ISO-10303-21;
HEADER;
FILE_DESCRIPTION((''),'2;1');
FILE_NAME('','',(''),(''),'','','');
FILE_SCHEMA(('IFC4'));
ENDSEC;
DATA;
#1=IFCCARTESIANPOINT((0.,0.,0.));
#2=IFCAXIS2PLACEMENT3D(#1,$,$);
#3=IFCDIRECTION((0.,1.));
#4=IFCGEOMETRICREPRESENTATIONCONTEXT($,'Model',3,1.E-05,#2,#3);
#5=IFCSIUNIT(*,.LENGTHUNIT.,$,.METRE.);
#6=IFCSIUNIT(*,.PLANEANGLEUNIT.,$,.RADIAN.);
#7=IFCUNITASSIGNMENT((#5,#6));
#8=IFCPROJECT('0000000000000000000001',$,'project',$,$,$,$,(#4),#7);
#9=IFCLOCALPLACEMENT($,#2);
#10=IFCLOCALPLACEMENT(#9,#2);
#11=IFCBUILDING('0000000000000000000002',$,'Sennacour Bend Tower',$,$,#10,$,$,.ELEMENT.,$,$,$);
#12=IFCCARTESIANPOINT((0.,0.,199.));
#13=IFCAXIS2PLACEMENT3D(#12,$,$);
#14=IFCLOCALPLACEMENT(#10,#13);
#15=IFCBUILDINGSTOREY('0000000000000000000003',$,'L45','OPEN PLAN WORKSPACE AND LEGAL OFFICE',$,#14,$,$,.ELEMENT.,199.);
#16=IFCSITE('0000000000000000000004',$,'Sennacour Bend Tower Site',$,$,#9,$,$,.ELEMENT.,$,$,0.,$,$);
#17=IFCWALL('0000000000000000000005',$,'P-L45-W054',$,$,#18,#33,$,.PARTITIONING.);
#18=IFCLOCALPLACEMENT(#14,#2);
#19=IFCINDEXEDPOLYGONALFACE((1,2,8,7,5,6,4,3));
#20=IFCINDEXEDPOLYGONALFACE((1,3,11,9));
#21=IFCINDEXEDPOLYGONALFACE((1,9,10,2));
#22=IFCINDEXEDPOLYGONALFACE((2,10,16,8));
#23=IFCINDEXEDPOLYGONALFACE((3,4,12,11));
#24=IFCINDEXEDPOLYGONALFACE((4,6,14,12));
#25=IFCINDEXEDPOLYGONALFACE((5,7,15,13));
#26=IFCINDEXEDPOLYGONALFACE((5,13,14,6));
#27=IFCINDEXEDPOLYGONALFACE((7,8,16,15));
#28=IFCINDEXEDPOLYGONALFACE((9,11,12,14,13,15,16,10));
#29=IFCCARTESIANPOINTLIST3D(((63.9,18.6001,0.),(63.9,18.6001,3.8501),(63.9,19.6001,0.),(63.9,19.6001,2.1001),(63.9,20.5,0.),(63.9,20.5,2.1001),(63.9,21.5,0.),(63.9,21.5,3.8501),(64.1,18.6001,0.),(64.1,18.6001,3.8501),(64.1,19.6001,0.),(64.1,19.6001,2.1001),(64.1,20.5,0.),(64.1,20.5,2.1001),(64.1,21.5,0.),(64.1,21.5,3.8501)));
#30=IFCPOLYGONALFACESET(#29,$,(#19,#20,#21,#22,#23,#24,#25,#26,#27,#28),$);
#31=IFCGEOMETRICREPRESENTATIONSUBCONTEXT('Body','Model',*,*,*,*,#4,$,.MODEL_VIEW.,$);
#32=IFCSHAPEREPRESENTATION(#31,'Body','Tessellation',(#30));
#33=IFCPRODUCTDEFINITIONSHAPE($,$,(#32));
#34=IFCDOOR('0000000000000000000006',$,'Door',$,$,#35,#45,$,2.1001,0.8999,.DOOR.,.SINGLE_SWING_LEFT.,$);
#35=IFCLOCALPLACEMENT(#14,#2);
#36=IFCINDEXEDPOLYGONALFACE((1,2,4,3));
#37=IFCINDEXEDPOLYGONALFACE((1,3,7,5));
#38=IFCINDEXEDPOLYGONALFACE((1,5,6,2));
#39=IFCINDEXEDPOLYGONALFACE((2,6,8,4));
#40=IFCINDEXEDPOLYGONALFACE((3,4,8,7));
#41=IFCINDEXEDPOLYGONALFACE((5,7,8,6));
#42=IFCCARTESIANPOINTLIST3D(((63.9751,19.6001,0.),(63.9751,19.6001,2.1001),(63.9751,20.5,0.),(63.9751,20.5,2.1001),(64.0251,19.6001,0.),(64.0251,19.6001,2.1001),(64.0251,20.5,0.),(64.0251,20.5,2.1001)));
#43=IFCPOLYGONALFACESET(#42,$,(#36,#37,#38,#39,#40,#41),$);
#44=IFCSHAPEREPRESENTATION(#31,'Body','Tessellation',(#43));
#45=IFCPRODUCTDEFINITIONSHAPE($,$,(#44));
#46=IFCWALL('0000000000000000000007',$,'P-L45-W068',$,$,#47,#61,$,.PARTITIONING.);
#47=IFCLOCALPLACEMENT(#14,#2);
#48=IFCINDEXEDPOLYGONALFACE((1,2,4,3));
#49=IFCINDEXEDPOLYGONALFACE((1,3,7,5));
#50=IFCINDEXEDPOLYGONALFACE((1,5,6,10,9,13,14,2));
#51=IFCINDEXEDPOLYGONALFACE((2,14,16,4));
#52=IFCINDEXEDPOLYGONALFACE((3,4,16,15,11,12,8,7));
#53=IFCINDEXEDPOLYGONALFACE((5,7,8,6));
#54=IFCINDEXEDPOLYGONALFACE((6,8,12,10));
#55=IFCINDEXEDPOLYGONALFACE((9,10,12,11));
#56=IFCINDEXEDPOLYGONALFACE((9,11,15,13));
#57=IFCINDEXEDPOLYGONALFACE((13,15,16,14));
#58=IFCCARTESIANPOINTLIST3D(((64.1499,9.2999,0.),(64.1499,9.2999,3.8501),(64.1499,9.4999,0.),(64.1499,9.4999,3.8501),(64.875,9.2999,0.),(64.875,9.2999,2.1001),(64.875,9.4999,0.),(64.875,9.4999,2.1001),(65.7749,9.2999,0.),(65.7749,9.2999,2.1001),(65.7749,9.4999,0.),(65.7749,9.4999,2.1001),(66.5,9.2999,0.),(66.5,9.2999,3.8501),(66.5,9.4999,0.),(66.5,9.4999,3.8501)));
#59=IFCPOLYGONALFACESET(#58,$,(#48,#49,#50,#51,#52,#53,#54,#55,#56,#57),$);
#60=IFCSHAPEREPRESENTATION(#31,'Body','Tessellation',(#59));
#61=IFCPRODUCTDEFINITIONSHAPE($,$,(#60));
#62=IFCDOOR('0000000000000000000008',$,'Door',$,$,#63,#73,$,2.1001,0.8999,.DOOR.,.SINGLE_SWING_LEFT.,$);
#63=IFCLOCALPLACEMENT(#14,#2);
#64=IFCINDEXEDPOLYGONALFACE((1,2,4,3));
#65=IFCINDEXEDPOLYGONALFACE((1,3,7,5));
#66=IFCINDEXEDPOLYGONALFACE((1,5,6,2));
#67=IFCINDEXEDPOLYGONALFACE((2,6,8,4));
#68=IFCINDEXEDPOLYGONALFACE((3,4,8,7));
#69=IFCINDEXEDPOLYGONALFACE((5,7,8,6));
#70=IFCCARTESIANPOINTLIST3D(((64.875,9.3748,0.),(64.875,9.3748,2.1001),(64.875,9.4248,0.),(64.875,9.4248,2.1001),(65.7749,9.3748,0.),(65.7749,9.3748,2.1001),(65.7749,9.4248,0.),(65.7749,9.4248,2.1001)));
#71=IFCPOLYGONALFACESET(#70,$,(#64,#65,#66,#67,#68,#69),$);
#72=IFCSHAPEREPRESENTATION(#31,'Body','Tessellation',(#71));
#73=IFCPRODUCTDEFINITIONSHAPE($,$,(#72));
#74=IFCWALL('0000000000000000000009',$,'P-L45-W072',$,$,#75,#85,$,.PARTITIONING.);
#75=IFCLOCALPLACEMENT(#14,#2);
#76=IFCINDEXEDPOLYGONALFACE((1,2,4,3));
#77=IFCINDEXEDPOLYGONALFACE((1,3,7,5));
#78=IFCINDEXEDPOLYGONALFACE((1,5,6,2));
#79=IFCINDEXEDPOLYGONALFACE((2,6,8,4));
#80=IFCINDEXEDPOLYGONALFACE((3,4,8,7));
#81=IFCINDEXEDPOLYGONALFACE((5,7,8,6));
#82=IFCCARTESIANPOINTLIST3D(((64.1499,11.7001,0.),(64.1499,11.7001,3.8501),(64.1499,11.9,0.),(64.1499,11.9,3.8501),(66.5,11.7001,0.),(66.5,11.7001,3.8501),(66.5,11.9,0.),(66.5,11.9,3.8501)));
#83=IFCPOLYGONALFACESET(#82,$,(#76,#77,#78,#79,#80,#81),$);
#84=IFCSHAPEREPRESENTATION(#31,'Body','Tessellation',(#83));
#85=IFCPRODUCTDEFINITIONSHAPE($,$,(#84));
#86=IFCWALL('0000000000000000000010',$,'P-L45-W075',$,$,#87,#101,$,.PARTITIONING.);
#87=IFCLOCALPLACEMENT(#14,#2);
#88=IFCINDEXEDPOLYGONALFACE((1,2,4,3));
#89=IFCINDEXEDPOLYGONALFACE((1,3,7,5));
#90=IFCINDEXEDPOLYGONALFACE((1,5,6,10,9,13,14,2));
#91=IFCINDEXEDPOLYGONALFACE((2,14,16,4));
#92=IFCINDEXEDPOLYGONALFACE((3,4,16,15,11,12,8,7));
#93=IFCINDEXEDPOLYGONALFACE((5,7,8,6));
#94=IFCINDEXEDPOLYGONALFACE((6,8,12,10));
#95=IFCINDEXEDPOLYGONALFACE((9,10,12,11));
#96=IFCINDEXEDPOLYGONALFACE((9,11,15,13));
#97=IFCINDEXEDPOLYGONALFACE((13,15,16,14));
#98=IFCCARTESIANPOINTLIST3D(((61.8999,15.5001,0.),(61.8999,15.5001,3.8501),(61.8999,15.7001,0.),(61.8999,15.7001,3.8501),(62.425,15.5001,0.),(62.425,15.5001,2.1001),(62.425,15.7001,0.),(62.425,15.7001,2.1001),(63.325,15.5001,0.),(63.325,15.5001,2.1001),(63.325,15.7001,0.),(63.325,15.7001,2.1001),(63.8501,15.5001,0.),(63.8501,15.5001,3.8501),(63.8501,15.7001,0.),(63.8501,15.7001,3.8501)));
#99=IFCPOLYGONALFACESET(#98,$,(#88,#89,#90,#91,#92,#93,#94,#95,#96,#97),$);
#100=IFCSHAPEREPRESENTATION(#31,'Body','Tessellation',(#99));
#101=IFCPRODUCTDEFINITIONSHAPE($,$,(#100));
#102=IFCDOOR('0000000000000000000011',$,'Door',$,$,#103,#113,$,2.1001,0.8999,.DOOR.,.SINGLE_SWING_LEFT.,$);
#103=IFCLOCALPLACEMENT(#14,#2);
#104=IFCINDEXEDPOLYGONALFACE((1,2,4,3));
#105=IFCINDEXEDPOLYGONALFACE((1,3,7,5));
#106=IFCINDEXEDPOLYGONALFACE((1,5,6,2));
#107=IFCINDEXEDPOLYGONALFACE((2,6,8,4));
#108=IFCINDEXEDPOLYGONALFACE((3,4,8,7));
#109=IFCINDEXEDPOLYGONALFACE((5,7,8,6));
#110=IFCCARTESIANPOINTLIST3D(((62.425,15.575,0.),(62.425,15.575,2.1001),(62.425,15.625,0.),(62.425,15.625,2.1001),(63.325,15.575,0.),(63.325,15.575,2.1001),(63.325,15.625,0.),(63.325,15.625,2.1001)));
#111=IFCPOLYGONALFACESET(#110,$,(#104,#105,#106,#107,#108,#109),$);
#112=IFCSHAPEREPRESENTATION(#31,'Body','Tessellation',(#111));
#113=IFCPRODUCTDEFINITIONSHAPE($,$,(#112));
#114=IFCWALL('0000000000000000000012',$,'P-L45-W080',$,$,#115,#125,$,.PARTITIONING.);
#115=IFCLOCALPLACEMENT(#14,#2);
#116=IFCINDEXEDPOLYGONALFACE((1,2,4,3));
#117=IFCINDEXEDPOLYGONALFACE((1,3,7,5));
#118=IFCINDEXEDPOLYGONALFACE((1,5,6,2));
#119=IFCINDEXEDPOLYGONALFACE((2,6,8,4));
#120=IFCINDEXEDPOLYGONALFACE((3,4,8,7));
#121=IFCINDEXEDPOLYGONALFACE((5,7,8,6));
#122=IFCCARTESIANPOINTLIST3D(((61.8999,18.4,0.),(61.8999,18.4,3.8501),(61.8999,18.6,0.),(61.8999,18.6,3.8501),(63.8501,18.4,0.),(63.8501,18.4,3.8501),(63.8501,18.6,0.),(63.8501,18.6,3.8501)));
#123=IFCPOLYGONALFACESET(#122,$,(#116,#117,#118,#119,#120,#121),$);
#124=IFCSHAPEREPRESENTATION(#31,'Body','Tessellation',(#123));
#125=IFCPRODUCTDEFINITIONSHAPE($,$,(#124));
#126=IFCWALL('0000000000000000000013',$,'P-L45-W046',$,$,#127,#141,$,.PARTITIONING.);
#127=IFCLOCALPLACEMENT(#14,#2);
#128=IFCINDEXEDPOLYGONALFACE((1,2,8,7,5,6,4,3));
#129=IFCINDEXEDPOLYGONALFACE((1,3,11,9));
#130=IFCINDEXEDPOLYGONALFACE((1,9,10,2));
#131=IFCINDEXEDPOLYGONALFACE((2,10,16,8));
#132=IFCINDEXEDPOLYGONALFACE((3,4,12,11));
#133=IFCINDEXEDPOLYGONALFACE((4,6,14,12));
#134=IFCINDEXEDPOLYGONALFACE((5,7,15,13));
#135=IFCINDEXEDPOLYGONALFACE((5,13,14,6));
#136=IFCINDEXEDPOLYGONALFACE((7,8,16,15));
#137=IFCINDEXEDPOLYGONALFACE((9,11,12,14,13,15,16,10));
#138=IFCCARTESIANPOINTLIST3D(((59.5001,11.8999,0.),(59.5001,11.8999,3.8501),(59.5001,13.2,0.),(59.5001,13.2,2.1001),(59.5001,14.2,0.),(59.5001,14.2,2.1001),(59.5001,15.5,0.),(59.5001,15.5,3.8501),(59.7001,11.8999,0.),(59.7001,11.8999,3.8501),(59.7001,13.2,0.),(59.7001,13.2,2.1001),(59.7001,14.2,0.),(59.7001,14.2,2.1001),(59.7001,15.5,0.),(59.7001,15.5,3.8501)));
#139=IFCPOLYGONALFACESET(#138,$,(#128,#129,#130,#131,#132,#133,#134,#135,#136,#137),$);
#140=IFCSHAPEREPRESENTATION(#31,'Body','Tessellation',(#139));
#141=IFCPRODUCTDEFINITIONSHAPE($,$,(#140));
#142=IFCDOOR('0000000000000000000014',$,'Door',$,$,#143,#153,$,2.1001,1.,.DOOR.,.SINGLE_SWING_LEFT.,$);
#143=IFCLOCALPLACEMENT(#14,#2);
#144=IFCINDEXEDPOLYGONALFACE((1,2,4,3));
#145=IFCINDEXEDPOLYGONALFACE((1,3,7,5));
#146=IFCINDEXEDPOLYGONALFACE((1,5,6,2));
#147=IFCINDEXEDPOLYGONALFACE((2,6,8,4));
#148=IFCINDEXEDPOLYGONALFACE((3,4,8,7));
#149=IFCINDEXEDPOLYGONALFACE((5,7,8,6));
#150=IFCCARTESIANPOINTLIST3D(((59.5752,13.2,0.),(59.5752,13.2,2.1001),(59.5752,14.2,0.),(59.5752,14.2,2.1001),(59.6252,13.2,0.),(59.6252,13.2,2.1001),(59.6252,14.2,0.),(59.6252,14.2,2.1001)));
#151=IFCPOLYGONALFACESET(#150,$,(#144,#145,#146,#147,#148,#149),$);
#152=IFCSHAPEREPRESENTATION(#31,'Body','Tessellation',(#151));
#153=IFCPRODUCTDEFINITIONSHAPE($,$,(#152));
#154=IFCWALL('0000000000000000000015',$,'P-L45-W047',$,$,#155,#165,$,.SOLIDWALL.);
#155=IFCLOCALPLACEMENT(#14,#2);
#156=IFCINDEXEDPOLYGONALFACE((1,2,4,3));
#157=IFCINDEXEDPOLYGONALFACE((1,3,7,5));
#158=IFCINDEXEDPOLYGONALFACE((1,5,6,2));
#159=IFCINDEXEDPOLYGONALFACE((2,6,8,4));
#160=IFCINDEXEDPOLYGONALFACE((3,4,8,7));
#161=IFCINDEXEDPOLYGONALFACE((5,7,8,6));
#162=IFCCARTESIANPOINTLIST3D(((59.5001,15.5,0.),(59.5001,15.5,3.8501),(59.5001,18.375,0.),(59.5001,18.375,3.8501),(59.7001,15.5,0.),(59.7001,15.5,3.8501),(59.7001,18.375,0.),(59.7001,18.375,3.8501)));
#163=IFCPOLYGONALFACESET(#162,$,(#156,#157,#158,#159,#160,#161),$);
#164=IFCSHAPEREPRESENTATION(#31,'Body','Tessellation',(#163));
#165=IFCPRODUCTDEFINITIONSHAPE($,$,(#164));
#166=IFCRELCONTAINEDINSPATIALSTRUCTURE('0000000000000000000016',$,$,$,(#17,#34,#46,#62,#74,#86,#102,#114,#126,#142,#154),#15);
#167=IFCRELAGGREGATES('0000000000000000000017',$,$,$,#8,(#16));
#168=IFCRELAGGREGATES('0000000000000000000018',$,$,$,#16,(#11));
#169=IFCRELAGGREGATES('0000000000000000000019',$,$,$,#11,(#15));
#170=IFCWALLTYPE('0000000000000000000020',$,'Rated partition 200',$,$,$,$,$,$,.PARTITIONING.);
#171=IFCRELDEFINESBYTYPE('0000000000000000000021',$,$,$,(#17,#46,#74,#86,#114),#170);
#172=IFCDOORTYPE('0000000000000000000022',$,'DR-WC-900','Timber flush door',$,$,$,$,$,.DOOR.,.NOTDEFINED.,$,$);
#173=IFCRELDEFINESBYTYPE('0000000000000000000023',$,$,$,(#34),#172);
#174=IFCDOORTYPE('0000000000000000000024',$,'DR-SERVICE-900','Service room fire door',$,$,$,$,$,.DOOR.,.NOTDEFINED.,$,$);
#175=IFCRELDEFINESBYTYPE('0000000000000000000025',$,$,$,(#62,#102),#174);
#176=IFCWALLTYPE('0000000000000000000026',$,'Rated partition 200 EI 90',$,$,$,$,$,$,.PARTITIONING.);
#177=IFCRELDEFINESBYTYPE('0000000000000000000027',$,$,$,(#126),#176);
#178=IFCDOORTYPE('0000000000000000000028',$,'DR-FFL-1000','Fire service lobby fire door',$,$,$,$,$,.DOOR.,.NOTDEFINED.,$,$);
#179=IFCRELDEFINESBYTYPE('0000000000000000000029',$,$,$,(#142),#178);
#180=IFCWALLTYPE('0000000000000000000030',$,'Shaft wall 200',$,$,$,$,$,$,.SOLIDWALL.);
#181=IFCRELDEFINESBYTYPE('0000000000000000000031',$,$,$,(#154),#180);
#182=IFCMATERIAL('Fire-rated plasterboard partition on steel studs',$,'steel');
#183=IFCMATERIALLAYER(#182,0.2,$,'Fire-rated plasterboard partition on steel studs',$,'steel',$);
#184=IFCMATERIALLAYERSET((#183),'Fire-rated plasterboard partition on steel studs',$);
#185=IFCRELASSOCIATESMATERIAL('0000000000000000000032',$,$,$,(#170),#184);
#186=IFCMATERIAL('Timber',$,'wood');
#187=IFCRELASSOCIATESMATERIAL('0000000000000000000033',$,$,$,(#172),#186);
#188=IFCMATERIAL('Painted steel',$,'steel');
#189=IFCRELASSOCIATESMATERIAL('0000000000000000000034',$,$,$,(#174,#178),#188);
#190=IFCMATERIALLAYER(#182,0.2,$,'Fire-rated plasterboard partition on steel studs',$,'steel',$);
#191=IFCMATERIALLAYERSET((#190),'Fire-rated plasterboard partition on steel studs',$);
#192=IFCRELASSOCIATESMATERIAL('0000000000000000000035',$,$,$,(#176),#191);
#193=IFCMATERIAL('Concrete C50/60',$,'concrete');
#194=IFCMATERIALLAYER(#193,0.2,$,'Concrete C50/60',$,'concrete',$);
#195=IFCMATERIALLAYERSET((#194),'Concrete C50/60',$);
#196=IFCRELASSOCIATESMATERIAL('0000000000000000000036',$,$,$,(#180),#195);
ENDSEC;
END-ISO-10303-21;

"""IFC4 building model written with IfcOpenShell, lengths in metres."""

from ifc_helpers import new_model, si_unit, direction, frame, frame_2d, origin, place, context, subcontext, project, spatial, rectangle, extrude, material, layer, layer_set, type_object, element, fill, save


model = new_model("IFC4")

# Units and contexts
model_context = context("Model", 3, precision=1e-05, world=origin(), true_north=direction((0.0, 1.0)))
body_context = subcontext(model_context, "Body", "Model", "MODEL_VIEW")
ifc_project = project(units=[si_unit("LENGTHUNIT", "METRE"), si_unit("PLANEANGLEUNIT", "RADIAN")], contexts=[model_context])

# Site, building, storey
site_placement = place(None, origin())
site = spatial("IfcSite", under=ifc_project, at=site_placement, Name="Sennacour Bend Tower Site", CompositionType="ELEMENT", RefElevation=0.0)
building_placement = place(site_placement, origin())
building = spatial("IfcBuilding", under=site, at=building_placement, Name="Sennacour Bend Tower", CompositionType="ELEMENT")
storey_placement = place(building_placement, frame((0.0, 0.0, 199.0)))
storey = spatial("IfcBuildingStorey", under=building, at=storey_placement, Name="L45", Description="OPEN PLAN WORKSPACE AND LEGAL OFFICE", CompositionType="ELEMENT", Elevation=199.0)

# Walls, openings, doors
ifc_material_1 = material(Name="Fire-rated plasterboard partition on steel studs", Category="steel")
ifc_layer_1 = layer(ifc_material_1, 0.2, Name="Fire-rated plasterboard partition on steel studs", Category="steel")
ifc_layer_set_1 = layer_set([ifc_layer_1], Name="Fire-rated plasterboard partition on steel studs")
wall_type_1 = type_object("IfcWallType", Name="Rated partition 200", PredefinedType="PARTITIONING", material=ifc_layer_set_1)
wall_1_placement = place(storey_placement, frame((64.0, 18.6001, 0.0), z_axis=(0.0, 0.0, 1.0), x_axis=(0.0, 1.0, 0.0)))
wall_1 = element("IfcWall", 1, at=wall_1_placement, inside=storey, type_object=wall_type_1, Name="P-L45-W054", PredefinedType="PARTITIONING", context=body_context, shape_type="SweptSolid", body=[
    extrude(rectangle(XDim=2.8999, YDim=0.2, at=frame_2d((1.45, 0.0))), origin(), (0.0, 0.0, 1.0), 3.8501),
])
opening_1_placement = place(wall_1_placement, frame((1.0, 0.0, 0.0)))
opening_1 = element("IfcOpeningElement", 2, at=opening_1_placement, cuts=wall_1, PredefinedType="OPENING", context=body_context, shape_type="SweptSolid", body=[
    extrude(rectangle(XDim=0.8999, YDim=2.1001, at=frame_2d((0.45, 1.05))), frame((0.0, 0.1099, 0.0), z_axis=(0.0, -1.0, 0.0), x_axis=(1.0, 0.0, 0.0)), (0.0, 0.0, 1.0), 0.22),
])
ifc_material_2 = material(Name="Timber", Category="wood")
door_type_1 = type_object("IfcDoorType", Name="DR-WC-900", Description="Timber flush door", OperationType="NOTDEFINED", PredefinedType="DOOR", material=ifc_material_2)
door_1_placement = place(opening_1_placement, origin())
door_1 = element("IfcDoor", 3, at=door_1_placement, inside=storey, type_object=door_type_1, Name="Door", OperationType="SINGLE_SWING_LEFT", OverallHeight=2.1001, OverallWidth=0.8999, PredefinedType="DOOR", context=body_context, shape_type="SweptSolid", body=[
    extrude(rectangle(XDim=0.8999, YDim=2.1001, at=frame_2d((0.45, 1.05))), frame((0.0, 0.0249, 0.0), z_axis=(0.0, -1.0, 0.0), x_axis=(1.0, 0.0, 0.0)), (0.0, 0.0, 1.0), 0.05),
])
fill(opening_1, door_1)
wall_2_placement = place(storey_placement, frame((64.1499, 9.3999, 0.0), z_axis=(0.0, 0.0, 1.0), x_axis=(1.0, 0.0, 0.0)))
wall_2 = element("IfcWall", 4, at=wall_2_placement, inside=storey, type_object=wall_type_1, Name="P-L45-W068", PredefinedType="PARTITIONING", context=body_context, shape_type="SweptSolid", body=[
    extrude(rectangle(XDim=2.3501, YDim=0.2, at=frame_2d((1.175, 0.0))), origin(), (0.0, 0.0, 1.0), 3.8501),
])
opening_2_placement = place(wall_2_placement, frame((0.7251, 0.0, 0.0)))
opening_2 = element("IfcOpeningElement", 5, at=opening_2_placement, cuts=wall_2, PredefinedType="OPENING", context=body_context, shape_type="SweptSolid", body=[
    extrude(rectangle(XDim=0.8999, YDim=2.1001, at=frame_2d((0.45, 1.05))), frame((0.0, 0.1099, 0.0), z_axis=(0.0, -1.0, 0.0), x_axis=(1.0, 0.0, 0.0)), (0.0, 0.0, 1.0), 0.22),
])
ifc_material_3 = material(Name="Painted steel", Category="steel")
door_type_2 = type_object("IfcDoorType", Name="DR-SERVICE-900", Description="Service room fire door", OperationType="NOTDEFINED", PredefinedType="DOOR", material=ifc_material_3)
door_2_placement = place(opening_2_placement, origin())
door_2 = element("IfcDoor", 6, at=door_2_placement, inside=storey, type_object=door_type_2, Name="Door", OperationType="SINGLE_SWING_LEFT", OverallHeight=2.1001, OverallWidth=0.8999, PredefinedType="DOOR", context=body_context, shape_type="SweptSolid", body=[
    extrude(rectangle(XDim=0.8999, YDim=2.1001, at=frame_2d((0.45, 1.05))), frame((0.0, 0.0249, 0.0), z_axis=(0.0, -1.0, 0.0), x_axis=(1.0, 0.0, 0.0)), (0.0, 0.0, 1.0), 0.05),
])
fill(opening_2, door_2)

# Wall
wall_3_placement = place(storey_placement, frame((64.1499, 11.8, 0.0), z_axis=(0.0, 0.0, 1.0), x_axis=(1.0, 0.0, 0.0)))
element("IfcWall", 7, at=wall_3_placement, inside=storey, type_object=wall_type_1, Name="P-L45-W072", PredefinedType="PARTITIONING", context=body_context, shape_type="SweptSolid", body=[
    extrude(rectangle(XDim=2.3501, YDim=0.2, at=frame_2d((1.175, 0.0))), origin(), (0.0, 0.0, 1.0), 3.8501),
])

# Wall, opening, door
wall_4_placement = place(storey_placement, frame((61.8999, 15.6001, 0.0), z_axis=(0.0, 0.0, 1.0), x_axis=(1.0, 0.0, 0.0)))
wall_4 = element("IfcWall", 8, at=wall_4_placement, inside=storey, type_object=wall_type_1, Name="P-L45-W075", PredefinedType="PARTITIONING", context=body_context, shape_type="SweptSolid", body=[
    extrude(rectangle(XDim=1.9502, YDim=0.2, at=frame_2d((0.9751, 0.0))), origin(), (0.0, 0.0, 1.0), 3.8501),
])
opening_3_placement = place(wall_4_placement, frame((0.5251, 0.0, 0.0)))
opening_3 = element("IfcOpeningElement", 9, at=opening_3_placement, cuts=wall_4, PredefinedType="OPENING", context=body_context, shape_type="SweptSolid", body=[
    extrude(rectangle(XDim=0.8999, YDim=2.1001, at=frame_2d((0.45, 1.05))), frame((0.0, 0.1099, 0.0), z_axis=(0.0, -1.0, 0.0), x_axis=(1.0, 0.0, 0.0)), (0.0, 0.0, 1.0), 0.22),
])
door_3_placement = place(opening_3_placement, origin())
door_3 = element("IfcDoor", 10, at=door_3_placement, inside=storey, type_object=door_type_2, Name="Door", OperationType="SINGLE_SWING_LEFT", OverallHeight=2.1001, OverallWidth=0.8999, PredefinedType="DOOR", context=body_context, shape_type="SweptSolid", body=[
    extrude(rectangle(XDim=0.8999, YDim=2.1001, at=frame_2d((0.45, 1.05))), frame((0.0, 0.0249, 0.0), z_axis=(0.0, -1.0, 0.0), x_axis=(1.0, 0.0, 0.0)), (0.0, 0.0, 1.0), 0.05),
])
fill(opening_3, door_3)

# Wall
wall_5_placement = place(storey_placement, frame((61.8999, 18.5, 0.0), z_axis=(0.0, 0.0, 1.0), x_axis=(1.0, 0.0, 0.0)))
element("IfcWall", 11, at=wall_5_placement, inside=storey, type_object=wall_type_1, Name="P-L45-W080", PredefinedType="PARTITIONING", context=body_context, shape_type="SweptSolid", body=[
    extrude(rectangle(XDim=1.9502, YDim=0.2, at=frame_2d((0.9751, 0.0))), origin(), (0.0, 0.0, 1.0), 3.8501),
])

# Wall, opening, door
ifc_layer_2 = layer(ifc_material_1, 0.2, Name="Fire-rated plasterboard partition on steel studs", Category="steel")
ifc_layer_set_2 = layer_set([ifc_layer_2], Name="Fire-rated plasterboard partition on steel studs")
wall_type_2 = type_object("IfcWallType", Name="Rated partition 200 EI 90", PredefinedType="PARTITIONING", material=ifc_layer_set_2)
wall_6_placement = place(storey_placement, frame((59.6001, 11.8999, 0.0), z_axis=(0.0, 0.0, 1.0), x_axis=(0.0, 1.0, 0.0)))
wall_6 = element("IfcWall", 12, at=wall_6_placement, inside=storey, type_object=wall_type_2, Name="P-L45-W046", PredefinedType="PARTITIONING", context=body_context, shape_type="SweptSolid", body=[
    extrude(rectangle(XDim=3.6001, YDim=0.2, at=frame_2d((1.8, 0.0))), origin(), (0.0, 0.0, 1.0), 3.8501),
])
opening_4_placement = place(wall_6_placement, frame((1.3, 0.0, 0.0)))
opening_4 = element("IfcOpeningElement", 13, at=opening_4_placement, cuts=wall_6, PredefinedType="OPENING", context=body_context, shape_type="SweptSolid", body=[
    extrude(rectangle(XDim=1.0, YDim=2.1001, at=frame_2d((0.5, 1.05))), frame((0.0, 0.1099, 0.0), z_axis=(0.0, -1.0, 0.0), x_axis=(1.0, 0.0, 0.0)), (0.0, 0.0, 1.0), 0.22),
])
door_type_3 = type_object("IfcDoorType", Name="DR-FFL-1000", Description="Fire service lobby fire door", OperationType="NOTDEFINED", PredefinedType="DOOR", material=ifc_material_3)
door_4_placement = place(opening_4_placement, origin())
door_4 = element("IfcDoor", 14, at=door_4_placement, inside=storey, type_object=door_type_3, Name="Door", OperationType="SINGLE_SWING_LEFT", OverallHeight=2.1001, OverallWidth=1.0, PredefinedType="DOOR", context=body_context, shape_type="SweptSolid", body=[
    extrude(rectangle(XDim=1.0, YDim=2.1001, at=frame_2d((0.5, 1.05))), frame((0.0, 0.0249, 0.0), z_axis=(0.0, -1.0, 0.0), x_axis=(1.0, 0.0, 0.0)), (0.0, 0.0, 1.0), 0.05),
])
fill(opening_4, door_4)

# Wall
ifc_material_4 = material(Name="Concrete C50/60", Category="concrete")
ifc_layer_3 = layer(ifc_material_4, 0.2, Name="Concrete C50/60", Category="concrete")
ifc_layer_set_3 = layer_set([ifc_layer_3], Name="Concrete C50/60")
wall_type_3 = type_object("IfcWallType", Name="Shaft wall 200", PredefinedType="SOLIDWALL", material=ifc_layer_set_3)
wall_7_placement = place(storey_placement, frame((59.6001, 15.5, 0.0), z_axis=(0.0, 0.0, 1.0), x_axis=(0.0, 1.0, 0.0)))
element("IfcWall", 15, at=wall_7_placement, inside=storey, type_object=wall_type_3, Name="P-L45-W047", PredefinedType="SOLIDWALL", context=body_context, shape_type="SweptSolid", body=[
    extrude(rectangle(XDim=2.875, YDim=0.2, at=frame_2d((1.4375, 0.0))), origin(), (0.0, 0.0, 1.0), 3.8501),
])

save(model, "model.ifc")
